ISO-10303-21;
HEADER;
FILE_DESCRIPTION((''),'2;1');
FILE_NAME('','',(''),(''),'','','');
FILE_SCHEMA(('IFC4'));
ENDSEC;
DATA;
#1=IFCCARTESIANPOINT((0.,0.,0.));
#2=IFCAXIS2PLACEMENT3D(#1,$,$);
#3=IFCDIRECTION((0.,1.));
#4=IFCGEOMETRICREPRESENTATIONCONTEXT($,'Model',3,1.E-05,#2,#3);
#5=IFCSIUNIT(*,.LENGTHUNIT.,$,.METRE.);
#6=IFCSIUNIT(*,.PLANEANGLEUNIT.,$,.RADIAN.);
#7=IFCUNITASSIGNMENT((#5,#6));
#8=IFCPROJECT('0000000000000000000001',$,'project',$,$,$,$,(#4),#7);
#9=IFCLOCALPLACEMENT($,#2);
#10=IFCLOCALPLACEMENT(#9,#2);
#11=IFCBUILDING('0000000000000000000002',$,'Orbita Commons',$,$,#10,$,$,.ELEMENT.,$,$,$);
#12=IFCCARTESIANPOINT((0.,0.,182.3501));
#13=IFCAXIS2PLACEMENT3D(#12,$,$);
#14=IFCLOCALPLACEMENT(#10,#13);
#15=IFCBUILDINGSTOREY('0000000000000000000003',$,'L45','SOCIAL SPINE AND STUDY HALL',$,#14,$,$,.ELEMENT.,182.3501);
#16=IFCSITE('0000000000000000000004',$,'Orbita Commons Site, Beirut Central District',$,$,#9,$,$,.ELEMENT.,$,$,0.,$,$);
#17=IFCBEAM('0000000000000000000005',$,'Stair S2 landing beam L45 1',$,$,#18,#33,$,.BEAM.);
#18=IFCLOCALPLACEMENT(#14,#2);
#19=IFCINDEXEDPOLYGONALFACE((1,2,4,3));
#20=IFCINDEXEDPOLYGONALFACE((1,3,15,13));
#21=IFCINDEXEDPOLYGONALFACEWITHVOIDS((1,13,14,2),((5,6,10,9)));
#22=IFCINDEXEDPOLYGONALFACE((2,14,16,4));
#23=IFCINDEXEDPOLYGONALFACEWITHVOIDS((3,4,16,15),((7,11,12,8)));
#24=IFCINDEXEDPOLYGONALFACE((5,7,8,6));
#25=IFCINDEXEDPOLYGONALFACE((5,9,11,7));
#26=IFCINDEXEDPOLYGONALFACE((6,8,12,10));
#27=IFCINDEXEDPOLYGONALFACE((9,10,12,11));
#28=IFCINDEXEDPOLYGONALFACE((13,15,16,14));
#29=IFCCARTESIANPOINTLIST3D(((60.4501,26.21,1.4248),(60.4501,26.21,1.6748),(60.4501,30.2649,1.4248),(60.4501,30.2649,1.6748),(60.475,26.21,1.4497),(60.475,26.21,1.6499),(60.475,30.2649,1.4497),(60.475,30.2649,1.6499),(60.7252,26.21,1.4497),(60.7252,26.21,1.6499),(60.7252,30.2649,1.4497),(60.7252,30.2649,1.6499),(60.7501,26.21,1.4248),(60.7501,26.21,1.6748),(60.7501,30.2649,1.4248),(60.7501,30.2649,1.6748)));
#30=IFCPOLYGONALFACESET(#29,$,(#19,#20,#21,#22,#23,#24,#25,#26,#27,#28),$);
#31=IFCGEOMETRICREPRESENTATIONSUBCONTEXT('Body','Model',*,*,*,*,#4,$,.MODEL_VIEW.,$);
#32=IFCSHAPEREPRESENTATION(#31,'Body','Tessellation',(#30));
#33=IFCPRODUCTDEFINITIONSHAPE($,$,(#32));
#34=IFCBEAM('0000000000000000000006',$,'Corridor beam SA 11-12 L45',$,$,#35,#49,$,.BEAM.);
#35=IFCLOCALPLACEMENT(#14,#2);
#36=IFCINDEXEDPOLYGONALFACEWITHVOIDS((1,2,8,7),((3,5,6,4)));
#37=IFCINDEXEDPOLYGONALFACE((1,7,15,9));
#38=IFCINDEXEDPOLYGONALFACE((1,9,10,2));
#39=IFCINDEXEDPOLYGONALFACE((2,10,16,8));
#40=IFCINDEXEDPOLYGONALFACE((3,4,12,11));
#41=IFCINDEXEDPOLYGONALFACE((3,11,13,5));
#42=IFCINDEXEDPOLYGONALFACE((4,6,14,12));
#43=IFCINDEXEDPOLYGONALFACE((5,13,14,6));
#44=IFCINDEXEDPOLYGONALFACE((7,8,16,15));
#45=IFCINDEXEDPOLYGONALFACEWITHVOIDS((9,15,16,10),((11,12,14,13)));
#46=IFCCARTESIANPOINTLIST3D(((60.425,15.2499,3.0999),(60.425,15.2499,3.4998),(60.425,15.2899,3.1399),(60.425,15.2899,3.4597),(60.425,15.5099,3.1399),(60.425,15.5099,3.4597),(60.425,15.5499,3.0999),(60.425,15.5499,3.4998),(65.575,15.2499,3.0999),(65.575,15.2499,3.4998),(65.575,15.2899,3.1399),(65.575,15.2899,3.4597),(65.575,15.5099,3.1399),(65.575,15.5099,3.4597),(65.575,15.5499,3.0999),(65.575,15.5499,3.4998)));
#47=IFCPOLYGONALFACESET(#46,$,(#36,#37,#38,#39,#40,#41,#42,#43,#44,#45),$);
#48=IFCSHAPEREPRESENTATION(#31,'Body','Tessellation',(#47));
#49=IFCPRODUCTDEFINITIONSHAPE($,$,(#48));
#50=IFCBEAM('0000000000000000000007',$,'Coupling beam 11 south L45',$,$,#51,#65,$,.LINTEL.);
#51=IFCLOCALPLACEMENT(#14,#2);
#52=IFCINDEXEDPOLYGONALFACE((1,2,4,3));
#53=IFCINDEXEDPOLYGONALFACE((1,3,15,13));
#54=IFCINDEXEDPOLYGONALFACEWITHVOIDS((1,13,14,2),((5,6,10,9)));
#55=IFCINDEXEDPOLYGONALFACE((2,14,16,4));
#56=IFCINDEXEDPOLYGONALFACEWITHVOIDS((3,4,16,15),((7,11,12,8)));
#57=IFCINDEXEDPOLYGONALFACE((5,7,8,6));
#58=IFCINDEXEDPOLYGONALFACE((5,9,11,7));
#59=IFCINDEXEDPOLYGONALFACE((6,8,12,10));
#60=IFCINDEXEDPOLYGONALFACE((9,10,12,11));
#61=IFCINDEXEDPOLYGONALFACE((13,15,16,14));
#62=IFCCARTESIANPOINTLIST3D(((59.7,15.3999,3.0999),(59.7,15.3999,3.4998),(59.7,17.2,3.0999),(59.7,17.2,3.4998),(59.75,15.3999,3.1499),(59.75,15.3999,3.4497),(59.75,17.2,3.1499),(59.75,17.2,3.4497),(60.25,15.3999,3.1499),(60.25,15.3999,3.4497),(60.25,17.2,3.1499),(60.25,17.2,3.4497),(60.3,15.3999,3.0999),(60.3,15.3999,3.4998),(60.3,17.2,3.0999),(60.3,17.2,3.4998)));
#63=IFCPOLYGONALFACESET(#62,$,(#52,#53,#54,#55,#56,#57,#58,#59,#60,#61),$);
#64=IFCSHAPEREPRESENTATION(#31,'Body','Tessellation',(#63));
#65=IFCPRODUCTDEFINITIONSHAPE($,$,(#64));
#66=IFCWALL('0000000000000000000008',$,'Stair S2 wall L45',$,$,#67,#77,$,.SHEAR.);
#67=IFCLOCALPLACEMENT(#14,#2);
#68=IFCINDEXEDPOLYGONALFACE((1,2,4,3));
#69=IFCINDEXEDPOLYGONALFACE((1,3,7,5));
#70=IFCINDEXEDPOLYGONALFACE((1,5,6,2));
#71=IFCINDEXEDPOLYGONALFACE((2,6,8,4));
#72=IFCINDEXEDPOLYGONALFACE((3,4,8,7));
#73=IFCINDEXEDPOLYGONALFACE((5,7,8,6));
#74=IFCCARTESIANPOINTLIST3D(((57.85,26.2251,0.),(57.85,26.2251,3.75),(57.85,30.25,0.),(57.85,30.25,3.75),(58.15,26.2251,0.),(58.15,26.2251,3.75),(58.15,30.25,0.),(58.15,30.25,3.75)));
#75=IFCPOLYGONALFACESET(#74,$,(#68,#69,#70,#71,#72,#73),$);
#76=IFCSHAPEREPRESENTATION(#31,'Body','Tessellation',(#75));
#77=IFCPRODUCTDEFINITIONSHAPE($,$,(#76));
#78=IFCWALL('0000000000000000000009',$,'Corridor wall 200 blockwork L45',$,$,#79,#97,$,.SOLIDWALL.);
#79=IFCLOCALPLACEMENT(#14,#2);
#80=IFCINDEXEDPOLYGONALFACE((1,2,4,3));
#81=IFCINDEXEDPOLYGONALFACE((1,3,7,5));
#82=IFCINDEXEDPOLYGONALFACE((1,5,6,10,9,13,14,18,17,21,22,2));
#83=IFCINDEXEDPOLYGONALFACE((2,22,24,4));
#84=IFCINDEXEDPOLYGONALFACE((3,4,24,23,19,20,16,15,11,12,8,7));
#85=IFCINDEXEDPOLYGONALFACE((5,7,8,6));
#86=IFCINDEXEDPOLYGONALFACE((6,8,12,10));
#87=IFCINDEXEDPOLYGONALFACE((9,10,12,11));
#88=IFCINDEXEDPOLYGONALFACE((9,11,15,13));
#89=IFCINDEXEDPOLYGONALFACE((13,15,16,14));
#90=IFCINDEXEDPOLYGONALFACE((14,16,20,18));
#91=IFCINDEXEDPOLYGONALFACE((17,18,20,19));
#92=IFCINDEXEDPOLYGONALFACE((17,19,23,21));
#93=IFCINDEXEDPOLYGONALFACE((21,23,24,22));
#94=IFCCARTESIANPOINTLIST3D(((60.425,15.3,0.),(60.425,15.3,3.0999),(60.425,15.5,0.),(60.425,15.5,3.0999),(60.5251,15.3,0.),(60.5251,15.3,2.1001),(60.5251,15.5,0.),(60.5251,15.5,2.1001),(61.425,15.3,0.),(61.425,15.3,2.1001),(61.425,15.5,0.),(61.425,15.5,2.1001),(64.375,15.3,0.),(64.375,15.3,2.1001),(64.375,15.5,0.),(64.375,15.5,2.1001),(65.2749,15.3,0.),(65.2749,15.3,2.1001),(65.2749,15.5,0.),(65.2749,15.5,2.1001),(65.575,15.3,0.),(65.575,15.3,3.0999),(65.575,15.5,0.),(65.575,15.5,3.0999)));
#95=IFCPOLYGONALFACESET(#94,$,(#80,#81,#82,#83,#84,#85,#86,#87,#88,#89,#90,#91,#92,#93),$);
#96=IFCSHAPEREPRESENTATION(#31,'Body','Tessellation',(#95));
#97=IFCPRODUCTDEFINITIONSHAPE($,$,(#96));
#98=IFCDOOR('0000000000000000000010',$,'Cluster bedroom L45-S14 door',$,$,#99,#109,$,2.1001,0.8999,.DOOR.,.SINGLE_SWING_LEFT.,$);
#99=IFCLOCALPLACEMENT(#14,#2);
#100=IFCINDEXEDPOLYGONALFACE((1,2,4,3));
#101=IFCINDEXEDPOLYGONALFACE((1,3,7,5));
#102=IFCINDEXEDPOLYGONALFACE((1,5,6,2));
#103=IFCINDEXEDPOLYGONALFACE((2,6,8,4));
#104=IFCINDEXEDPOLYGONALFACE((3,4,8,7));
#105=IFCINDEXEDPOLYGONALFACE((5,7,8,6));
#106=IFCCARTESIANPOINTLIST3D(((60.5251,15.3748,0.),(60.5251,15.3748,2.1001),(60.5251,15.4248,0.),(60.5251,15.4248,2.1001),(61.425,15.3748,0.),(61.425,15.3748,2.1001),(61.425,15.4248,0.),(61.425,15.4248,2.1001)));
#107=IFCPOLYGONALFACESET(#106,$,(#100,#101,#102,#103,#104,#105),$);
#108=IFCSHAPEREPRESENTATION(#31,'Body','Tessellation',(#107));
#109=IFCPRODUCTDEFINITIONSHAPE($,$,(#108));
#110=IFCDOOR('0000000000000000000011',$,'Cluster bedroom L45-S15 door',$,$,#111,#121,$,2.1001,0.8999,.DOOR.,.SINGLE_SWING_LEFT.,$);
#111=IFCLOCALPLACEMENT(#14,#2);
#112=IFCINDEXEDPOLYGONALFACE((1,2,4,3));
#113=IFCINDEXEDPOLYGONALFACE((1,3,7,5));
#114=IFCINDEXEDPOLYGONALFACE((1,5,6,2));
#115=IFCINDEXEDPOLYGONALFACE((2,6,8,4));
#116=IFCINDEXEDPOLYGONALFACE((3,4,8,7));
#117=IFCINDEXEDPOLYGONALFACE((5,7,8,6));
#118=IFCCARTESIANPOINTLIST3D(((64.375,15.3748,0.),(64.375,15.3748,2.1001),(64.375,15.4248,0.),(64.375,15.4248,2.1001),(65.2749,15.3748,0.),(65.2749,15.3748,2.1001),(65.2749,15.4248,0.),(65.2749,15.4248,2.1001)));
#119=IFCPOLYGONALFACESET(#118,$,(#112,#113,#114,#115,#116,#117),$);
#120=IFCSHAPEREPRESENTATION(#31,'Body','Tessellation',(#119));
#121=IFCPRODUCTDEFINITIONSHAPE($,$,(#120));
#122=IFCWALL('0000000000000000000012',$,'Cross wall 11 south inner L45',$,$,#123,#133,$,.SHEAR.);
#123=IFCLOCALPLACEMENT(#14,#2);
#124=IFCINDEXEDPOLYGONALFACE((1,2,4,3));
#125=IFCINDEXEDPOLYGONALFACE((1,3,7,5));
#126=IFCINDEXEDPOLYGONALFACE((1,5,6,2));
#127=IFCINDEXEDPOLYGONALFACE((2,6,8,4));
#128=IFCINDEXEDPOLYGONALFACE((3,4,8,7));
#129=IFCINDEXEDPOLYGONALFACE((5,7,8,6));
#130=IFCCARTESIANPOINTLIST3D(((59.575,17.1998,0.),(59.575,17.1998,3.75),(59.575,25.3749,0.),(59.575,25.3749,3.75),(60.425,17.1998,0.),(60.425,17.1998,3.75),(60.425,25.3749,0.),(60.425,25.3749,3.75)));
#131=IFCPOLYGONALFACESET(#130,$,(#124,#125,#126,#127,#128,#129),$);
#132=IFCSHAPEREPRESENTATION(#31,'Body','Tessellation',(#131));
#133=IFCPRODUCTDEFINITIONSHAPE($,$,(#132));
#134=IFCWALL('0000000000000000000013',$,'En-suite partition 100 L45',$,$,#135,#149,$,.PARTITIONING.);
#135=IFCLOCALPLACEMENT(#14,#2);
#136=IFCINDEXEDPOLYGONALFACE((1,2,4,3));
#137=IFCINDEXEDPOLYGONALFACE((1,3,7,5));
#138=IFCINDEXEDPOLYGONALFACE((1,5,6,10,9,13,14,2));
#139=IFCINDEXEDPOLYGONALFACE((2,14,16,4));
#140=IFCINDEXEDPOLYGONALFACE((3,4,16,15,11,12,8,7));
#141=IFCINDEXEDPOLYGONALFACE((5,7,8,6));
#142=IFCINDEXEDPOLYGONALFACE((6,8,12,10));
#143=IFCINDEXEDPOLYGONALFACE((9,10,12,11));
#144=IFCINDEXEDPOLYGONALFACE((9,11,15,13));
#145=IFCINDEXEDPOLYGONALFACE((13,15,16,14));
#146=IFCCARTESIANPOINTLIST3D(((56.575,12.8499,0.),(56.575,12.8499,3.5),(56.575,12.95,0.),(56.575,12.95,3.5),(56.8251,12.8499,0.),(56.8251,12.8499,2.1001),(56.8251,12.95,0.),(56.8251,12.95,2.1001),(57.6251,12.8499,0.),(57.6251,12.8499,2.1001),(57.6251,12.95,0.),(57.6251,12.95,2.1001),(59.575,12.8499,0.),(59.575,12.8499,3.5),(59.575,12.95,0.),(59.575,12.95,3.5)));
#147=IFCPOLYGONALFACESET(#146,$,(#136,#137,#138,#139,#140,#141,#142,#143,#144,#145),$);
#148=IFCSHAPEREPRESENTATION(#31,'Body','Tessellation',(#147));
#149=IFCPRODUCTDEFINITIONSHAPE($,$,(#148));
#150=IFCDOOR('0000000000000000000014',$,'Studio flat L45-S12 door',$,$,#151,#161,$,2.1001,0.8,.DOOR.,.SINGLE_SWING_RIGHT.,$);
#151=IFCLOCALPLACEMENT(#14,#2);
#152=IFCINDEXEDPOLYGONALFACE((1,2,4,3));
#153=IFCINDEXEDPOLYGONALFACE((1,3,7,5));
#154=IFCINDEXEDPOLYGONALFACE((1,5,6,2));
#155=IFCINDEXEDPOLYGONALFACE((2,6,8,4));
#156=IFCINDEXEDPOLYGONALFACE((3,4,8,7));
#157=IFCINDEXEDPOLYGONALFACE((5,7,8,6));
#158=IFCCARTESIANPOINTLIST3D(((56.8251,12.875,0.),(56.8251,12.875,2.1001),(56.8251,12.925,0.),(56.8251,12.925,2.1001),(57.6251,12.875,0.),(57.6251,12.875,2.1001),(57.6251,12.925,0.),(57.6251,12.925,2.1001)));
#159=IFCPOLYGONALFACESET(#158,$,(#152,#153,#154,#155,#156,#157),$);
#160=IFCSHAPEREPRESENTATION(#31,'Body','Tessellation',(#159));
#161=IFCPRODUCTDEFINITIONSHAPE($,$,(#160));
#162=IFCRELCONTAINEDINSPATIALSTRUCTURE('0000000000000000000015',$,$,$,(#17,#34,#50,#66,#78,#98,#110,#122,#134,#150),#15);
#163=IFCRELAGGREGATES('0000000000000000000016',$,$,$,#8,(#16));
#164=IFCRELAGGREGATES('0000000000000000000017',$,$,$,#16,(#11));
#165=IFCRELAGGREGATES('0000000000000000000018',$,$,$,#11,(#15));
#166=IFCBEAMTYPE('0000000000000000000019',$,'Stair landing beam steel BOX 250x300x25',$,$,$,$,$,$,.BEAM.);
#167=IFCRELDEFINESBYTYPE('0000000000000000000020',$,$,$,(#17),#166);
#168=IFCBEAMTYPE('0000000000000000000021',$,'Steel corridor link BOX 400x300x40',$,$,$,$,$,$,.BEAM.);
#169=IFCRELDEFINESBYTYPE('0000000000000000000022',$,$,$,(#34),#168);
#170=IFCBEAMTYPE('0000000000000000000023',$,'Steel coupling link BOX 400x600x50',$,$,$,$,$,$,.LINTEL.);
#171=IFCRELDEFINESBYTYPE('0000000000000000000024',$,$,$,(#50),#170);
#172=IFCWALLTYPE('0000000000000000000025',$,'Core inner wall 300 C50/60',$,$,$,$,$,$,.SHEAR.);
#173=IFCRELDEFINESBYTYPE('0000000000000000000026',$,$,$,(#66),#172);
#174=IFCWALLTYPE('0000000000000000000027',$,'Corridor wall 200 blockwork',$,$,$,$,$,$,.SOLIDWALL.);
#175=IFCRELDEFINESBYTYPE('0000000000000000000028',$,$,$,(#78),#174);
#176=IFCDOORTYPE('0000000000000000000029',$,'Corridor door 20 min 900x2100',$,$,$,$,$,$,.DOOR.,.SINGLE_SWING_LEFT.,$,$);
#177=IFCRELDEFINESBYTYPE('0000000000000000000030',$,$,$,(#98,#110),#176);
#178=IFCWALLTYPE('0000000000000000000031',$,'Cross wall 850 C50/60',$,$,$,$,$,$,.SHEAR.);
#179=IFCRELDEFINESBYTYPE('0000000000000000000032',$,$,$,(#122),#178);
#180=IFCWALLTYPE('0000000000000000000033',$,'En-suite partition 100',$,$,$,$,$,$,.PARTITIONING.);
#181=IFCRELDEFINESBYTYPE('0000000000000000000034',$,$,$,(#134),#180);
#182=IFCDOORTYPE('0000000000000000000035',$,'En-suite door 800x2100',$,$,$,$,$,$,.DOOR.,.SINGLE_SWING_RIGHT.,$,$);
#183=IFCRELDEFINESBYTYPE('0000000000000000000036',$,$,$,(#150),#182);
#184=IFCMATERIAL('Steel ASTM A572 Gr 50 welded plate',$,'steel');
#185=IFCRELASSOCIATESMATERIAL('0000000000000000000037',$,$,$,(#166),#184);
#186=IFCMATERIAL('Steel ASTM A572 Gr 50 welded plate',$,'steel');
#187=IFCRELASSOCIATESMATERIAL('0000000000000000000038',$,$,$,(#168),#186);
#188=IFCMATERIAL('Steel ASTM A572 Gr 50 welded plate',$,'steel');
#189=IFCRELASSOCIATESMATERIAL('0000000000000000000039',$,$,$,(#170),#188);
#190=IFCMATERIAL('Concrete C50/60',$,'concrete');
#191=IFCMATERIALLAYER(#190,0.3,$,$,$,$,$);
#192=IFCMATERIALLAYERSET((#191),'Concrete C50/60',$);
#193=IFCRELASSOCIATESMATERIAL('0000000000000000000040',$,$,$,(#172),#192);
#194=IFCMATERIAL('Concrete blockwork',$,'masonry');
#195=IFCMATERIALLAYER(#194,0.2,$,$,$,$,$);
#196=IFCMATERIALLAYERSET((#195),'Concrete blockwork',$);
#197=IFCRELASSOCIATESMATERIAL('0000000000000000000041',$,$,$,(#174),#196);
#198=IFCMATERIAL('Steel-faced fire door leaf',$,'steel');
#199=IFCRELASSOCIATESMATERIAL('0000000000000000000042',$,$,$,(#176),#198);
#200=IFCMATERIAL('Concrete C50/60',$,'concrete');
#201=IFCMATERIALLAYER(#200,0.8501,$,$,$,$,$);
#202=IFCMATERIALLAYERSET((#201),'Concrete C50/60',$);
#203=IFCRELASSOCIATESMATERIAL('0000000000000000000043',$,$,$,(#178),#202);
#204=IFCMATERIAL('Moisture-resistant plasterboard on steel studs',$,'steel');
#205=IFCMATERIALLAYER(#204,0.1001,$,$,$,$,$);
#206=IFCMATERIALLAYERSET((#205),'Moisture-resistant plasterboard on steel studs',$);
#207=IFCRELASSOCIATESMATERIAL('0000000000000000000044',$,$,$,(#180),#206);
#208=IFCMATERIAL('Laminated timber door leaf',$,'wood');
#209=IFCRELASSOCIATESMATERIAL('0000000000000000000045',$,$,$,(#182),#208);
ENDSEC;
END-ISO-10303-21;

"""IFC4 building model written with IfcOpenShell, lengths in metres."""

from ifc_helpers import new_model, si_unit, direction, frame, frame_2d, origin, origin_2d, place, context, subcontext, project, spatial, polyline, rectangle, hollow_rectangle, outline, extrude, material, layer, layer_set, material_profile, profile_set, type_object, element, fill, save


model = new_model("IFC4")

# Units and contexts
model_context = context("Model", 3, precision=1e-05, world=origin(), true_north=direction((0.0, 1.0)))
body_context = subcontext(model_context, "Body", "Model", "MODEL_VIEW")
ifc_project = project(units=[si_unit("LENGTHUNIT", "METRE"), si_unit("PLANEANGLEUNIT", "RADIAN")], contexts=[model_context])

# Site, building, storey
site_placement = place(None, origin())
site = spatial("IfcSite", under=ifc_project, at=site_placement, Name="Orbita Commons Site, Beirut Central District", CompositionType="ELEMENT", RefElevation=0.0)
building_placement = place(site_placement, origin())
building = spatial("IfcBuilding", under=site, at=building_placement, Name="Orbita Commons", CompositionType="ELEMENT")
storey_placement = place(building_placement, frame((0.0, 0.0, 182.3501)))
storey = spatial("IfcBuildingStorey", under=building, at=storey_placement, Name="L45", Description="SOCIAL SPINE AND STUDY HALL", CompositionType="ELEMENT", Elevation=182.3501)

# Beams
ifc_material_1 = material(Name="Steel ASTM A572 Gr 50 welded plate", Category="steel")
ifc_material_profile_1 = material_profile(ifc_material_1, hollow_rectangle(XDim=0.3, YDim=0.25, WallThickness=0.0249, at=origin_2d()), Name="BOX 250x300x25")
ifc_profile_set_1 = profile_set([ifc_material_profile_1], Name="Steel ASTM A572 Gr 50 welded plate")
beam_type_1 = type_object("IfcBeamType", Name="Stair landing beam steel BOX 250x300x25", PredefinedType="BEAM", material=ifc_profile_set_1)
beam_1_placement = place(storey_placement, frame((60.6001, 26.21, 1.5498), z_axis=(0.0, 1.0, 0.0), x_axis=(-1.0, 0.0, 0.0)))
element("IfcBeam", 1, at=beam_1_placement, inside=storey, type_object=beam_type_1, Name="Stair S2 landing beam L45 1", PredefinedType="BEAM", context=body_context, shape_type="SweptSolid", body=[
    extrude(hollow_rectangle(XDim=0.3, YDim=0.25, WallThickness=0.0249, at=origin_2d()), origin(), (0.0, 0.0, 1.0), 4.0549),
])
ifc_material_2 = material(Name="Steel ASTM A572 Gr 50 welded plate", Category="steel")
ifc_material_profile_2 = material_profile(ifc_material_2, hollow_rectangle(XDim=0.3, YDim=0.3999, WallThickness=0.04, at=origin_2d()), Name="BOX 400x300x40")
ifc_profile_set_2 = profile_set([ifc_material_profile_2], Name="Steel ASTM A572 Gr 50 welded plate")
beam_type_2 = type_object("IfcBeamType", Name="Steel corridor link BOX 400x300x40", PredefinedType="BEAM", material=ifc_profile_set_2)
beam_2_placement = place(storey_placement, frame((60.425, 15.3999, 3.2998), z_axis=(1.0, 0.0, 0.0), x_axis=(0.0, 1.0, 0.0)))
element("IfcBeam", 2, at=beam_2_placement, inside=storey, type_object=beam_type_2, Name="Corridor beam SA 11-12 L45", PredefinedType="BEAM", context=body_context, shape_type="SweptSolid", body=[
    extrude(hollow_rectangle(XDim=0.3, YDim=0.3999, WallThickness=0.04, at=origin_2d()), origin(), (0.0, 0.0, 1.0), 5.1499),
])
ifc_material_3 = material(Name="Steel ASTM A572 Gr 50 welded plate", Category="steel")
ifc_material_profile_3 = material_profile(ifc_material_3, hollow_rectangle(XDim=0.6001, YDim=0.3999, WallThickness=0.05, at=origin_2d()), Name="BOX 400x600x50")
ifc_profile_set_3 = profile_set([ifc_material_profile_3], Name="Steel ASTM A572 Gr 50 welded plate")
beam_type_3 = type_object("IfcBeamType", Name="Steel coupling link BOX 400x600x50", PredefinedType="LINTEL", material=ifc_profile_set_3)
beam_3_placement = place(storey_placement, frame((60.0, 15.3999, 3.2998), z_axis=(0.0, 1.0, 0.0), x_axis=(-1.0, 0.0, 0.0)))
element("IfcBeam", 3, at=beam_3_placement, inside=storey, type_object=beam_type_3, Name="Coupling beam 11 south L45", PredefinedType="LINTEL", context=body_context, shape_type="SweptSolid", body=[
    extrude(hollow_rectangle(XDim=0.6001, YDim=0.3999, WallThickness=0.05, at=origin_2d()), origin(), (0.0, 0.0, 1.0), 1.8),
])

# Wall
ifc_material_4 = material(Name="Concrete C50/60", Category="concrete")
ifc_layer_1 = layer(ifc_material_4, 0.3)
ifc_layer_set_1 = layer_set([ifc_layer_1], Name="Concrete C50/60")
wall_type_1 = type_object("IfcWallType", Name="Core inner wall 300 C50/60", PredefinedType="SHEAR", material=ifc_layer_set_1)
wall_1_placement = place(storey_placement, frame((58.0, 26.2251, 0.0), z_axis=(0.0, 0.0, 1.0), x_axis=(0.0, 1.0, 0.0)))
element("IfcWall", 4, at=wall_1_placement, inside=storey, type_object=wall_type_1, Name="Stair S2 wall L45", PredefinedType="SHEAR", context=body_context, shape_type="SweptSolid", body=[
    extrude(rectangle(XDim=4.0249, YDim=0.3, at=frame_2d((2.0125, 0.0))), origin(), (0.0, 0.0, 1.0), 3.75),
])

# Wall, openings, doors
ifc_material_5 = material(Name="Concrete blockwork", Category="masonry")
ifc_layer_2 = layer(ifc_material_5, 0.2)
ifc_layer_set_2 = layer_set([ifc_layer_2], Name="Concrete blockwork")
wall_type_2 = type_object("IfcWallType", Name="Corridor wall 200 blockwork", PredefinedType="SOLIDWALL", material=ifc_layer_set_2)
wall_2_placement = place(storey_placement, frame((60.425, 15.3999, 0.0), z_axis=(0.0, 0.0, 1.0), x_axis=(1.0, 0.0, 0.0)))
wall_2 = element("IfcWall", 5, at=wall_2_placement, inside=storey, type_object=wall_type_2, Name="Corridor wall 200 blockwork L45", PredefinedType="SOLIDWALL", context=body_context, shape_type="SweptSolid", body=[
    extrude(outline(polyline([(0.0, 0.0), (5.1499, 0.0), (5.1499, 3.0999), (0.0, 3.0999), (0.0, 0.0)])), frame((0.0, 0.1001, 0.0), z_axis=(0.0, -1.0, 0.0), x_axis=(1.0, 0.0, 0.0)), (0.0, 0.0, 1.0), 0.2),
])
opening_1_placement = place(wall_2_placement, frame((0.1001, 0.0, 0.0)))
opening_1 = element("IfcOpeningElement", 6, at=opening_1_placement, cuts=wall_2, PredefinedType="OPENING", context=body_context, shape_type="SweptSolid", body=[
    extrude(rectangle(XDim=0.8999, YDim=2.1001, at=frame_2d((0.45, 1.05))), frame((0.0, 0.1099, 0.0), z_axis=(0.0, -1.0, 0.0), x_axis=(1.0, 0.0, 0.0)), (0.0, 0.0, 1.0), 0.22),
])
opening_2_placement = place(wall_2_placement, frame((3.95, 0.0, 0.0)))
opening_2 = element("IfcOpeningElement", 7, at=opening_2_placement, cuts=wall_2, PredefinedType="OPENING", context=body_context, shape_type="SweptSolid", body=[
    extrude(rectangle(XDim=0.8999, YDim=2.1001, at=frame_2d((0.45, 1.05))), frame((0.0, 0.1099, 0.0), z_axis=(0.0, -1.0, 0.0), x_axis=(1.0, 0.0, 0.0)), (0.0, 0.0, 1.0), 0.22),
])
ifc_material_6 = material(Name="Steel-faced fire door leaf", Category="steel")
door_type_1 = type_object("IfcDoorType", Name="Corridor door 20 min 900x2100", OperationType="SINGLE_SWING_LEFT", PredefinedType="DOOR", material=ifc_material_6)
door_1_placement = place(opening_1_placement, origin())
door_1 = element("IfcDoor", 8, at=door_1_placement, inside=storey, type_object=door_type_1, Name="Cluster bedroom L45-S14 door", OperationType="SINGLE_SWING_LEFT", OverallHeight=2.1001, OverallWidth=0.8999, PredefinedType="DOOR", context=body_context, shape_type="SweptSolid", body=[
    extrude(rectangle(XDim=0.8999, YDim=2.1001, at=frame_2d((0.45, 1.05))), frame((0.0, 0.0249, 0.0), z_axis=(0.0, -1.0, 0.0), x_axis=(1.0, 0.0, 0.0)), (0.0, 0.0, 1.0), 0.05),
])
fill(opening_1, door_1)
door_2_placement = place(opening_2_placement, origin())
door_2 = element("IfcDoor", 9, at=door_2_placement, inside=storey, type_object=door_type_1, Name="Cluster bedroom L45-S15 door", OperationType="SINGLE_SWING_LEFT", OverallHeight=2.1001, OverallWidth=0.8999, PredefinedType="DOOR", context=body_context, shape_type="SweptSolid", body=[
    extrude(rectangle(XDim=0.8999, YDim=2.1001, at=frame_2d((0.45, 1.05))), frame((0.0, 0.0249, 0.0), z_axis=(0.0, -1.0, 0.0), x_axis=(1.0, 0.0, 0.0)), (0.0, 0.0, 1.0), 0.05),
])
fill(opening_2, door_2)

# Wall
ifc_material_7 = material(Name="Concrete C50/60", Category="concrete")
ifc_layer_3 = layer(ifc_material_7, 0.8501)
ifc_layer_set_3 = layer_set([ifc_layer_3], Name="Concrete C50/60")
wall_type_3 = type_object("IfcWallType", Name="Cross wall 850 C50/60", PredefinedType="SHEAR", material=ifc_layer_set_3)
wall_3_placement = place(storey_placement, frame((60.0, 17.2, 0.0), z_axis=(0.0, 0.0, 1.0), x_axis=(0.0, 1.0, 0.0)))
element("IfcWall", 10, at=wall_3_placement, inside=storey, type_object=wall_type_3, Name="Cross wall 11 south inner L45", PredefinedType="SHEAR", context=body_context, shape_type="SweptSolid", body=[
    extrude(rectangle(XDim=8.175, YDim=0.8501, at=frame_2d((4.0874, 0.0))), origin(), (0.0, 0.0, 1.0), 3.75),
])

# Wall, opening, door
ifc_material_8 = material(Name="Moisture-resistant plasterboard on steel studs", Category="steel")
ifc_layer_4 = layer(ifc_material_8, 0.1001)
ifc_layer_set_4 = layer_set([ifc_layer_4], Name="Moisture-resistant plasterboard on steel studs")
wall_type_4 = type_object("IfcWallType", Name="En-suite partition 100", PredefinedType="PARTITIONING", material=ifc_layer_set_4)
wall_4_placement = place(storey_placement, frame((59.575, 12.8999, 0.0), z_axis=(0.0, 0.0, 1.0), x_axis=(-1.0, 0.0, 0.0)))
wall_4 = element("IfcWall", 11, at=wall_4_placement, inside=storey, type_object=wall_type_4, Name="En-suite partition 100 L45", PredefinedType="PARTITIONING", context=body_context, shape_type="SweptSolid", body=[
    extrude(rectangle(XDim=3.0, YDim=0.1001, at=frame_2d((1.5, 0.0))), origin(), (0.0, 0.0, 1.0), 3.5),
])
opening_3_placement = place(wall_4_placement, frame((1.95, 0.0, 0.0)))
opening_3 = element("IfcOpeningElement", 12, at=opening_3_placement, cuts=wall_4, PredefinedType="OPENING", context=body_context, shape_type="SweptSolid", body=[
    extrude(rectangle(XDim=0.8, YDim=2.1001, at=frame_2d((0.3999, 1.05))), frame((0.0, 0.0601, 0.0), z_axis=(0.0, -1.0, 0.0), x_axis=(1.0, 0.0, 0.0)), (0.0, 0.0, 1.0), 0.1201),
])
ifc_material_9 = material(Name="Laminated timber door leaf", Category="wood")
door_type_2 = type_object("IfcDoorType", Name="En-suite door 800x2100", OperationType="SINGLE_SWING_RIGHT", PredefinedType="DOOR", material=ifc_material_9)
door_3_placement = place(opening_3_placement, origin())
door_3 = element("IfcDoor", 13, at=door_3_placement, inside=storey, type_object=door_type_2, Name="Studio flat L45-S12 door", OperationType="SINGLE_SWING_RIGHT", OverallHeight=2.1001, OverallWidth=0.8, PredefinedType="DOOR", context=body_context, shape_type="SweptSolid", body=[
    extrude(rectangle(XDim=0.8, YDim=2.1001, at=frame_2d((0.3999, 1.05))), frame((0.0, 0.0249, 0.0), z_axis=(0.0, -1.0, 0.0), x_axis=(1.0, 0.0, 0.0)), (0.0, 0.0, 1.0), 0.05),
])
fill(opening_3, door_3)

save(model, "model.ifc")
